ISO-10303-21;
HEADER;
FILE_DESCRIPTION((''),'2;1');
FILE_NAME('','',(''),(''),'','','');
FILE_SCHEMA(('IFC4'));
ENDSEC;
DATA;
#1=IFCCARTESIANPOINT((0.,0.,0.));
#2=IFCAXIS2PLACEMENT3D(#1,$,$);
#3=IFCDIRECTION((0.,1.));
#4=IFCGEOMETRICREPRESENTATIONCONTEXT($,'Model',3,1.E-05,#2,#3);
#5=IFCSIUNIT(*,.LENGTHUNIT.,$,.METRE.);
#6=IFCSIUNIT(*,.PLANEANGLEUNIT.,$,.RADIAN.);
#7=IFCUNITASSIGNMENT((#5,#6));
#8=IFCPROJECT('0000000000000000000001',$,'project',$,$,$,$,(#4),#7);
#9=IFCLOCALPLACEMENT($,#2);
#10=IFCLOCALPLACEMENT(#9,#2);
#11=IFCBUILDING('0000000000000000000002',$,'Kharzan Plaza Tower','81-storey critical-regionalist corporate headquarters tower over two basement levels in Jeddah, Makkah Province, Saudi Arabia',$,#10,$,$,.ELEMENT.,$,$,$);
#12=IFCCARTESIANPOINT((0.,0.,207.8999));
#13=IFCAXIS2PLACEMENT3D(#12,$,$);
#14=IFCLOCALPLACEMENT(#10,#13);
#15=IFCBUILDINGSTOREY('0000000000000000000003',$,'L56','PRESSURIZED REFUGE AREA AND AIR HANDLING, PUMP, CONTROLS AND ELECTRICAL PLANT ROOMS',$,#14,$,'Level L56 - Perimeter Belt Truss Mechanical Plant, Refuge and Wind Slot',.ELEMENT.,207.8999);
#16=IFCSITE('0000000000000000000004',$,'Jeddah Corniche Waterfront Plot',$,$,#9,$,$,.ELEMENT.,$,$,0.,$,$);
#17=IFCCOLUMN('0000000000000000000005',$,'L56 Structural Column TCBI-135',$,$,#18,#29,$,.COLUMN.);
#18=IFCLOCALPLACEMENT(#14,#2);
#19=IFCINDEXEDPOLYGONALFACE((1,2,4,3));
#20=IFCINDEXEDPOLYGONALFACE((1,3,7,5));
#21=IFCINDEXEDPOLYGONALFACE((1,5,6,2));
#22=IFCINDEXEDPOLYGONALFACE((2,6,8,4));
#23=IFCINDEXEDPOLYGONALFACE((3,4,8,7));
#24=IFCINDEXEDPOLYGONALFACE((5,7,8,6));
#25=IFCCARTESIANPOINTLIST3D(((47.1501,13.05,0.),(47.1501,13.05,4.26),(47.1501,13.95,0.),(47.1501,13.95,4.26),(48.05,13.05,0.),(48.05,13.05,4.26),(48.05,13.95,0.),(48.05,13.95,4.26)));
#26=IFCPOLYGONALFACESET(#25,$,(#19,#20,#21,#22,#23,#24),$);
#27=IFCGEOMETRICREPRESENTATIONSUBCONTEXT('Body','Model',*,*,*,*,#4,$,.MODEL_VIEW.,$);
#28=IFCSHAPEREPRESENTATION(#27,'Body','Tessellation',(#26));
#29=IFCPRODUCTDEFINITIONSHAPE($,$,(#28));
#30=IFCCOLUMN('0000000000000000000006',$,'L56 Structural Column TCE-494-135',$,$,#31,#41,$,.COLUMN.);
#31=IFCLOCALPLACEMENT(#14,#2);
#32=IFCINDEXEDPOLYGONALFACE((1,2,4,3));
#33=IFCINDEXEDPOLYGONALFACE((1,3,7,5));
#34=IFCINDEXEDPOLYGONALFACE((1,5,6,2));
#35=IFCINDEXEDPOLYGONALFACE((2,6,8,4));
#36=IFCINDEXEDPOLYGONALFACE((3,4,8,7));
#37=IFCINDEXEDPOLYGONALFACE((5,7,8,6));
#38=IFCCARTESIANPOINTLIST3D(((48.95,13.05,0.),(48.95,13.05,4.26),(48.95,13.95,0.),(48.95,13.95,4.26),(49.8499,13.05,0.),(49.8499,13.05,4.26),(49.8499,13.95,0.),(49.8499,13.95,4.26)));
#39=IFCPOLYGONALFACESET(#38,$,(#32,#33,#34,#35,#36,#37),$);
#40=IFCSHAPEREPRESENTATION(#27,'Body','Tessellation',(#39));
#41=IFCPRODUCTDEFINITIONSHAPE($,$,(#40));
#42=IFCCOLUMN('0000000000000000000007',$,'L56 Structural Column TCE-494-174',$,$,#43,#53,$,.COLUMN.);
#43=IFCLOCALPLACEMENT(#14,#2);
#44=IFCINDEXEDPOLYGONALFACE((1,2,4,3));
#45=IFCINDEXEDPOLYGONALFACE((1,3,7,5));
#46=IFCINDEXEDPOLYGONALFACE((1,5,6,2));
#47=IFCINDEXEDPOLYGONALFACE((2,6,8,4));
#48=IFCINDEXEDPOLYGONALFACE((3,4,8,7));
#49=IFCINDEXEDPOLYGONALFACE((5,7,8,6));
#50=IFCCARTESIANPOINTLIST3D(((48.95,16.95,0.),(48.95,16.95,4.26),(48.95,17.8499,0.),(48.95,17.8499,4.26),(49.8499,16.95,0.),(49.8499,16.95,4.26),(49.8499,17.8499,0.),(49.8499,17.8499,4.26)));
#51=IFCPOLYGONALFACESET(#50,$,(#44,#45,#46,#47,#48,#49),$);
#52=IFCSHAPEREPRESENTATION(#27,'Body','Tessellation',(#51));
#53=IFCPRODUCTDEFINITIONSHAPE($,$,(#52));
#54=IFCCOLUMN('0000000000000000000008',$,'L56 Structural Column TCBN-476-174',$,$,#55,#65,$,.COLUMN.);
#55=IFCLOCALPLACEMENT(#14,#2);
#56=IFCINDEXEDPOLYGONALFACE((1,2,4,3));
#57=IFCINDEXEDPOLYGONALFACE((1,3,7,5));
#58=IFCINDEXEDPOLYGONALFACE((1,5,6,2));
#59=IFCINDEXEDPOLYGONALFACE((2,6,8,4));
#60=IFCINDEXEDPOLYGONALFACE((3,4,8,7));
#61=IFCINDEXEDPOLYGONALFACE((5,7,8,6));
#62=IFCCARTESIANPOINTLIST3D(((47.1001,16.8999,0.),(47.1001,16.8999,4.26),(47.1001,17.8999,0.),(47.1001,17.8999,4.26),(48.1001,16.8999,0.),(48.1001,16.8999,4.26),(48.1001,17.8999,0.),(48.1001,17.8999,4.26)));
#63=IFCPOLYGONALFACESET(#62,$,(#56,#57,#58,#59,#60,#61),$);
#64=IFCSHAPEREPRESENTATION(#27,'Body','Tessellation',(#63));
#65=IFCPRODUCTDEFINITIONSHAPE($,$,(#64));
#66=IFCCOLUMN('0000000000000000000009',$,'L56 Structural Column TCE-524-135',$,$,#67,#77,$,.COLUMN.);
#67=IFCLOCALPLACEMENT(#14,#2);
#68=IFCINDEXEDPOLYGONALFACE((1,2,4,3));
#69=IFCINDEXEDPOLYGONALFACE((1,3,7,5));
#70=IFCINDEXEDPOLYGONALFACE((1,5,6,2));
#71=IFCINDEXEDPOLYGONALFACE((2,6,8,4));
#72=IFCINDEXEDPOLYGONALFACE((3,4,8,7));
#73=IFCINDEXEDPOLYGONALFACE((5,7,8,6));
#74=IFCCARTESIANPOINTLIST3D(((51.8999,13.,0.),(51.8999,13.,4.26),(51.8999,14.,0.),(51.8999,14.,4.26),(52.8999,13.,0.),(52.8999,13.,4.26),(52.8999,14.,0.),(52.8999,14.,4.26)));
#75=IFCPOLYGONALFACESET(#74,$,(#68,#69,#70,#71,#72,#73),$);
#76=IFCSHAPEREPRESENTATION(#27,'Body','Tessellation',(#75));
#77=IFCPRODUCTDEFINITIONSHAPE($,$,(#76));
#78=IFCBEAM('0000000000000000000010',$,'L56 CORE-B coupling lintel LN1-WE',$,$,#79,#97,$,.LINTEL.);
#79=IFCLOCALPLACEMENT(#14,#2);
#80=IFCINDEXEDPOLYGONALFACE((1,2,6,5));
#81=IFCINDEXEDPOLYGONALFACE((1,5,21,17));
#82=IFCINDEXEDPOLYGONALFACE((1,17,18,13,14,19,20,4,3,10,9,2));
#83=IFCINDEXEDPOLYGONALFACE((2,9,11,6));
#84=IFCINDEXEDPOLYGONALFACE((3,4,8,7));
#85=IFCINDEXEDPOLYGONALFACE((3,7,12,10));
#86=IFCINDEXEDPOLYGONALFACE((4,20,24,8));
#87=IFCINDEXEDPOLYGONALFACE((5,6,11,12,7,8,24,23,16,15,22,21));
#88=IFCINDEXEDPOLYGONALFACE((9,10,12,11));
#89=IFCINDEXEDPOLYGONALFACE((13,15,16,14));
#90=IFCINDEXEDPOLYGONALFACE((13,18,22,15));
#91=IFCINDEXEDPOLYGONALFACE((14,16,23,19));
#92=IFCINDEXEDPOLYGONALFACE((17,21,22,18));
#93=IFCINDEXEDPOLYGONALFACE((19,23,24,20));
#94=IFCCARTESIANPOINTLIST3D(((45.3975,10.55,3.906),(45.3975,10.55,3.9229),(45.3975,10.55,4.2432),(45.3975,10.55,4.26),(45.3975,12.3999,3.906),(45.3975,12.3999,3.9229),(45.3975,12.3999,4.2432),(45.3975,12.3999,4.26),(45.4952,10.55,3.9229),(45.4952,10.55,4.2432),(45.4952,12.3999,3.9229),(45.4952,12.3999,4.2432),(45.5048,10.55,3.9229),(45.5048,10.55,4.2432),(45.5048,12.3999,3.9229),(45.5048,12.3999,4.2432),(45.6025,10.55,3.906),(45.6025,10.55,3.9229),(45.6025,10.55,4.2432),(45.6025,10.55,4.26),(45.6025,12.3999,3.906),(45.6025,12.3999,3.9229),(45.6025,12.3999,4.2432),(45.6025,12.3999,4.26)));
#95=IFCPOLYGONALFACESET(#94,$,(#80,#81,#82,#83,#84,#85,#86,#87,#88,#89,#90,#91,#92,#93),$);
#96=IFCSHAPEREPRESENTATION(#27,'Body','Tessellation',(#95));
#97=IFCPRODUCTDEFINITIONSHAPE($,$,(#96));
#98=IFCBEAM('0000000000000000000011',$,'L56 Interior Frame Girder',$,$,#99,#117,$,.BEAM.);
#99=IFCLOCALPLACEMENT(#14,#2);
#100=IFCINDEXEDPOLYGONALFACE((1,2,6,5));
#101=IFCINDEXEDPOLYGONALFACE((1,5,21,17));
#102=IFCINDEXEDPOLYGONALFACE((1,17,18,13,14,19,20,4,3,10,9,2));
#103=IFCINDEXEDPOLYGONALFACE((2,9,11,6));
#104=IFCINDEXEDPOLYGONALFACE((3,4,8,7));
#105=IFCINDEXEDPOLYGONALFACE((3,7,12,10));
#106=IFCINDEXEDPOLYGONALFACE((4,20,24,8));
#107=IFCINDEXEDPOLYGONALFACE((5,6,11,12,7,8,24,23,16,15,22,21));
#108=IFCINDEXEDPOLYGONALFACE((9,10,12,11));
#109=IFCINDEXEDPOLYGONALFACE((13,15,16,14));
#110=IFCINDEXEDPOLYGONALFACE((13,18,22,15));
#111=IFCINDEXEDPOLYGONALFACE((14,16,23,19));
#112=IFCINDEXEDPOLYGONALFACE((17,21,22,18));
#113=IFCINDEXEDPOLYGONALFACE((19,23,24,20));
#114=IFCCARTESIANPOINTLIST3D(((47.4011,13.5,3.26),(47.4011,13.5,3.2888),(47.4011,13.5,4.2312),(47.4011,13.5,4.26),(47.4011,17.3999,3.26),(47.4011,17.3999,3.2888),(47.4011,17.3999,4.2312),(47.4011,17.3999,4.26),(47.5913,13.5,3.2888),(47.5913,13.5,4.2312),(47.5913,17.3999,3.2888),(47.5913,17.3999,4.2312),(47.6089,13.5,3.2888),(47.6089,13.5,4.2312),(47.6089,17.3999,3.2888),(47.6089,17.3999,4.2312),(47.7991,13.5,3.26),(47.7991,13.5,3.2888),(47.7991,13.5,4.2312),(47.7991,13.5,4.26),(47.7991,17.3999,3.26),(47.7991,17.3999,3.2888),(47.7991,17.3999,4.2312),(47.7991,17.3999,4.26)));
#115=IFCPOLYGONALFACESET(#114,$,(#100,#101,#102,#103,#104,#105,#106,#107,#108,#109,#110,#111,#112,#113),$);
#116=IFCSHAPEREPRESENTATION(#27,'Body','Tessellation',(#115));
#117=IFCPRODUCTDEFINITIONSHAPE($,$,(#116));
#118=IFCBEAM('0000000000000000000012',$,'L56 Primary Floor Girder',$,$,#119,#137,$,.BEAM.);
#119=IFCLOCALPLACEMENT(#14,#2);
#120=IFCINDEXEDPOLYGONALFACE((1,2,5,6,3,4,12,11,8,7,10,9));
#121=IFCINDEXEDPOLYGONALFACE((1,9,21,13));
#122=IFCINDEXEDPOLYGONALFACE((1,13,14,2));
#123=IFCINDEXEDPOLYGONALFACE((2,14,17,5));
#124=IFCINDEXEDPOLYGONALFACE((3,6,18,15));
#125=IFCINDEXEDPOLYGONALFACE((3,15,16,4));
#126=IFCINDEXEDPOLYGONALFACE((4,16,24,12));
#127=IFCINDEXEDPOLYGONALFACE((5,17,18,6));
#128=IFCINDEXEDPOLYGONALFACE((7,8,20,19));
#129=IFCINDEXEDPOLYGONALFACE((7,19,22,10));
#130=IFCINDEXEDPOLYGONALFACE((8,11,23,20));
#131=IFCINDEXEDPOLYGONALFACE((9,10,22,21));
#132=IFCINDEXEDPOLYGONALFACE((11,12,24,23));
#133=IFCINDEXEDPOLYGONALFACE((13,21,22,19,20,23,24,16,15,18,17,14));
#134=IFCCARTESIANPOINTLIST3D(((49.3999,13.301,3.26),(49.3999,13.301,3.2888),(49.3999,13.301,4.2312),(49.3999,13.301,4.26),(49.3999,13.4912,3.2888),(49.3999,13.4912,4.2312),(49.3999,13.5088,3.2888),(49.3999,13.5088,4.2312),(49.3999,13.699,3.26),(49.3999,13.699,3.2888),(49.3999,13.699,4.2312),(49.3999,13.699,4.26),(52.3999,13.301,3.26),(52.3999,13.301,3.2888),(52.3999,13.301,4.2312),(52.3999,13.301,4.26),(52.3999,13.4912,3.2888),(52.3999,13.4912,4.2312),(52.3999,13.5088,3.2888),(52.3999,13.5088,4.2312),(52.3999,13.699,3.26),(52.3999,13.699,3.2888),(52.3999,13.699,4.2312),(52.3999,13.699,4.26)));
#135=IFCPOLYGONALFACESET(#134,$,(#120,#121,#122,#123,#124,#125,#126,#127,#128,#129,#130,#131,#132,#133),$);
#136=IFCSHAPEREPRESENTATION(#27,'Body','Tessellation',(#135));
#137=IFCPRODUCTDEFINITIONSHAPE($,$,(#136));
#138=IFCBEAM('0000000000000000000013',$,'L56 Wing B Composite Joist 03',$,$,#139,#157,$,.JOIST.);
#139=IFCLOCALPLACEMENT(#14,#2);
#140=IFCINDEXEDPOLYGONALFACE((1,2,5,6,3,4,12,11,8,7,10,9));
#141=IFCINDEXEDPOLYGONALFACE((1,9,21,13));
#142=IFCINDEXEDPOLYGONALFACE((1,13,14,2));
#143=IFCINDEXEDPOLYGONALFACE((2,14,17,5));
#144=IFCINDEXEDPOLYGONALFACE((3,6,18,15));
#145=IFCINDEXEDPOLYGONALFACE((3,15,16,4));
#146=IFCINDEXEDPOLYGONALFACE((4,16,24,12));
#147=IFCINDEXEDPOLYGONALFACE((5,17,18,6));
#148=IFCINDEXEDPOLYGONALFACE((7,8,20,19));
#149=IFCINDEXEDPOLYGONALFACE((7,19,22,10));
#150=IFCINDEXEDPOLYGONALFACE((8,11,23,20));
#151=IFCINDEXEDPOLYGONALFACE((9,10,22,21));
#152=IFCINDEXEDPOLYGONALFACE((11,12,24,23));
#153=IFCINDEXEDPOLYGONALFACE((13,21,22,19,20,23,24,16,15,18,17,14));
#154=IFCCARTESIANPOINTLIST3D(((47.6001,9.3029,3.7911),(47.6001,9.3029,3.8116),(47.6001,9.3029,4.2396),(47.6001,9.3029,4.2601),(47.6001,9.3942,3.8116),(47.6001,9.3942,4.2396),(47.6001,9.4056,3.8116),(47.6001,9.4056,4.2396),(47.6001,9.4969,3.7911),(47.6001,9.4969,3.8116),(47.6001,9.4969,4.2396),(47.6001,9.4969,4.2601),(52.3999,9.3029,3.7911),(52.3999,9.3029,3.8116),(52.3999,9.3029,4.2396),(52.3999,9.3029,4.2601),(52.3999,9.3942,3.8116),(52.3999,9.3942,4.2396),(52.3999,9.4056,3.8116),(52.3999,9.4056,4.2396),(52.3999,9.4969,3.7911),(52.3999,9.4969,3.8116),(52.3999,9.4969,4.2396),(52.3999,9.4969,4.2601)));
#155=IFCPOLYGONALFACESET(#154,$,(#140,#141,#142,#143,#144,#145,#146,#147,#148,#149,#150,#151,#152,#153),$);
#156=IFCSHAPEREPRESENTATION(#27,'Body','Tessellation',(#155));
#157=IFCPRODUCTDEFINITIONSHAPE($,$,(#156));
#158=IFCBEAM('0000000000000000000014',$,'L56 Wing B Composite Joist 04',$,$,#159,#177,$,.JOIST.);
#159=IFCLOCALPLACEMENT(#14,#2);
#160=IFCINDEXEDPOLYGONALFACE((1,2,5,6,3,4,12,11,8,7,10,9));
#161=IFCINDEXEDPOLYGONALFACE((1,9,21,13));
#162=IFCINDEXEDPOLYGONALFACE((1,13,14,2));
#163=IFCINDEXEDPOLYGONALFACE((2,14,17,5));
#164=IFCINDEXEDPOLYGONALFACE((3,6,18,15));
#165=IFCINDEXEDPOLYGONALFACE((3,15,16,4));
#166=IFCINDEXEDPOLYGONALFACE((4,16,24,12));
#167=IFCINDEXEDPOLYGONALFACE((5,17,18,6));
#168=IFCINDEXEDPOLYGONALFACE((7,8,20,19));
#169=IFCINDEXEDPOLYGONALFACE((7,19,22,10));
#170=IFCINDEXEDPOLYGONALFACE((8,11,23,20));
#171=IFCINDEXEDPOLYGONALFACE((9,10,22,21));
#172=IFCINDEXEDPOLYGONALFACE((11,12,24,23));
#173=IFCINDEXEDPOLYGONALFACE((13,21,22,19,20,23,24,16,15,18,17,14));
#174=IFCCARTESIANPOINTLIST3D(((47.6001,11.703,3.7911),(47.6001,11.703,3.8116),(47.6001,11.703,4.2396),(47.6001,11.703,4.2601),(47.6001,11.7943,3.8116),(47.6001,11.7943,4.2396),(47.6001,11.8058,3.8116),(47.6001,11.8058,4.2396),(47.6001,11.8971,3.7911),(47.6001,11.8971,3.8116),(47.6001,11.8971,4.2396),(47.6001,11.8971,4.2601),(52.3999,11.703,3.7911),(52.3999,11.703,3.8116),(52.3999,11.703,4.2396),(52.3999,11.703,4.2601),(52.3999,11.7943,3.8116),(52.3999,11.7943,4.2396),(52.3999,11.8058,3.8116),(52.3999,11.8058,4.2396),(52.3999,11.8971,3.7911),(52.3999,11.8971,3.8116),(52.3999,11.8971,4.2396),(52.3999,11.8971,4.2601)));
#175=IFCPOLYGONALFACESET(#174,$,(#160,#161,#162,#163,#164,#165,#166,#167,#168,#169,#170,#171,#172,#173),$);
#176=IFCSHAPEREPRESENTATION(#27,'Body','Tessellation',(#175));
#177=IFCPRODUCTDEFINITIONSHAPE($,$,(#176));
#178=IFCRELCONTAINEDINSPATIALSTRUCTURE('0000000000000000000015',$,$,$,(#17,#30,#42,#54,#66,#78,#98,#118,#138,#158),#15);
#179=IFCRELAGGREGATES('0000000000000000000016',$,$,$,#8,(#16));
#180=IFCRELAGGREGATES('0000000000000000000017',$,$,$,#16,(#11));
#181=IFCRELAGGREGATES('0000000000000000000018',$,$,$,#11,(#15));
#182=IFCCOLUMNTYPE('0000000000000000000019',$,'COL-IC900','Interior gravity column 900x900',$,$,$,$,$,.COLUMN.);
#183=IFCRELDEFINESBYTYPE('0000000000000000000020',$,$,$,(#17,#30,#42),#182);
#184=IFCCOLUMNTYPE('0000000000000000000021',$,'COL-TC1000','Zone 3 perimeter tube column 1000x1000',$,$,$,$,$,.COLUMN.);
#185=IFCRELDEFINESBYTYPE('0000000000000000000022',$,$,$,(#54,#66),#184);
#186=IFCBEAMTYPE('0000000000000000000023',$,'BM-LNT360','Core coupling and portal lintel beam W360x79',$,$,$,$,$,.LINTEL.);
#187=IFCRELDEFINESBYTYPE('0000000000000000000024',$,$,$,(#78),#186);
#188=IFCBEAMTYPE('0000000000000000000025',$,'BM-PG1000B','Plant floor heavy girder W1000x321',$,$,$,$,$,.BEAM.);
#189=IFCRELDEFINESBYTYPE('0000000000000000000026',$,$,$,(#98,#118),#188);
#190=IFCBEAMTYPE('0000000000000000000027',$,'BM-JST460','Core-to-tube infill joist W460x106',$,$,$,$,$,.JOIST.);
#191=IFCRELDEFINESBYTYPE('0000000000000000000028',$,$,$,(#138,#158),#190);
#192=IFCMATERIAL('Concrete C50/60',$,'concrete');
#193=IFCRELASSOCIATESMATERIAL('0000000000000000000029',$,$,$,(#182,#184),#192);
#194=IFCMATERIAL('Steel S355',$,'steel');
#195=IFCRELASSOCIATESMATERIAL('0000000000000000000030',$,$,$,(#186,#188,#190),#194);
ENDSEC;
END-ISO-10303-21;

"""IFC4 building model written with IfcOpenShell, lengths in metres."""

from ifc_helpers import new_model, si_unit, direction, frame, origin, origin_2d, place, context, subcontext, project, spatial, rectangle, i_section, extrude, source, transform, mapped, material, material_profile, profile_set, type_object, element, save


model = new_model("IFC4")

# Units and contexts
model_context = context("Model", 3, precision=1e-05, world=origin(), true_north=direction((0.0, 1.0)))
body_context = subcontext(model_context, "Body", "Model", "MODEL_VIEW")
ifc_project = project(units=[si_unit("LENGTHUNIT", "METRE"), si_unit("PLANEANGLEUNIT", "RADIAN")], contexts=[model_context])

# Site, building, storey
site_placement = place(None, origin())
site = spatial("IfcSite", under=ifc_project, at=site_placement, Name="Jeddah Corniche Waterfront Plot", CompositionType="ELEMENT", RefElevation=0.0)
building_placement = place(site_placement, origin())
building = spatial("IfcBuilding", under=site, at=building_placement, Name="Kharzan Plaza Tower", Description="81-storey critical-regionalist corporate headquarters tower over two basement levels in Jeddah, Makkah Province, Saudi Arabia", CompositionType="ELEMENT")
storey_placement = place(building_placement, frame((0.0, 0.0, 207.8999)))
storey = spatial("IfcBuildingStorey", under=building, at=storey_placement, Name="L56", Description="PRESSURIZED REFUGE AREA AND AIR HANDLING, PUMP, CONTROLS AND ELECTRICAL PLANT ROOMS", LongName="Level L56 - Perimeter Belt Truss Mechanical Plant, Refuge and Wind Slot", CompositionType="ELEMENT", Elevation=207.8999)

# Columns
ifc_material_1 = material(Name="Concrete C50/60", Category="concrete")
ifc_material_profile_1 = material_profile(ifc_material_1, rectangle(XDim=0.8999, YDim=0.8999, at=origin_2d()), Name="RC-IC900x900")
ifc_profile_set_1 = profile_set([ifc_material_profile_1], Name="Concrete C50/60")
column_type_1 = type_object("IfcColumnType", Name="COL-IC900", Description="Interior gravity column 900x900", PredefinedType="COLUMN", material=ifc_profile_set_1)
shared_shape_1 = source(origin(), body_context, "Body", "SweptSolid", [
    extrude(rectangle(XDim=0.8999, YDim=0.8999, at=origin_2d()), origin(), (0.0, 0.0, 1.0), 4.26),
])
for number, where, z_axis, x_axis, name in (
    (1, (47.6001, 13.5, 0.0), (0.0, 0.0, 1.0), (1.0, 0.0, 0.0), "L56 Structural Column TCBI-135"),
    (2, (49.3999, 13.5, 0.0), (0.0, 0.0, 1.0), (1.0, 0.0, 0.0), "L56 Structural Column TCE-494-135"),
    (3, (49.3999, 17.3999, 0.0), (0.0, 0.0, 1.0), (1.0, 0.0, 0.0), "L56 Structural Column TCE-494-174"),
):
    element("IfcColumn", number, at=place(storey_placement, frame(where, z_axis=z_axis, x_axis=x_axis)), inside=storey, type_object=column_type_1, Name=name, PredefinedType="COLUMN", context=body_context, shape_type="MappedRepresentation", body=[
        mapped(shared_shape_1, transform((0.0, 0.0, 0.0), x_axis=(1.0, 0.0, 0.0), y_axis=(0.0, 1.0, 0.0), z_axis=(0.0, 0.0, 1.0))),
    ])
ifc_material_profile_2 = material_profile(ifc_material_1, rectangle(XDim=1.0, YDim=1.0, at=origin_2d()), Name="RC-TC1000x1000")
ifc_profile_set_2 = profile_set([ifc_material_profile_2], Name="Concrete C50/60")
column_type_2 = type_object("IfcColumnType", Name="COL-TC1000", Description="Zone 3 perimeter tube column 1000x1000", PredefinedType="COLUMN", material=ifc_profile_set_2)
shared_shape_2 = source(origin(), body_context, "Body", "SweptSolid", [
    extrude(rectangle(XDim=1.0, YDim=1.0, at=origin_2d()), origin(), (0.0, 0.0, 1.0), 4.26),
])
for number, where, z_axis, x_axis, name in (
    (4, (47.6001, 17.3999, 0.0), (0.0, 0.0, 1.0), (1.0, 0.0, 0.0), "L56 Structural Column TCBN-476-174"),
    (5, (52.3999, 13.5, 0.0), (0.0, 0.0, 1.0), (1.0, 0.0, 0.0), "L56 Structural Column TCE-524-135"),
):
    element("IfcColumn", number, at=place(storey_placement, frame(where, z_axis=z_axis, x_axis=x_axis)), inside=storey, type_object=column_type_2, Name=name, PredefinedType="COLUMN", context=body_context, shape_type="MappedRepresentation", body=[
        mapped(shared_shape_2, transform((0.0, 0.0, 0.0), x_axis=(1.0, 0.0, 0.0), y_axis=(0.0, 1.0, 0.0), z_axis=(0.0, 0.0, 1.0))),
    ])

# Beams
ifc_material_2 = material(Name="Steel S355", Category="steel")
ifc_material_profile_3 = material_profile(ifc_material_2, i_section(OverallWidth=0.2051, OverallDepth=0.354, WebThickness=0.0095, FlangeThickness=0.0168, at=origin_2d()), Name="W360x79")
ifc_profile_set_3 = profile_set([ifc_material_profile_3], Name="Steel S355")
beam_type_1 = type_object("IfcBeamType", Name="BM-LNT360", Description="Core coupling and portal lintel beam W360x79", PredefinedType="LINTEL", material=ifc_profile_set_3)
shared_shape_3 = source(origin(), body_context, "Body", "SweptSolid", [
    extrude(i_section(OverallWidth=0.2051, OverallDepth=0.354, WebThickness=0.0095, FlangeThickness=0.0168, at=origin_2d()), origin(), (0.0, 0.0, 1.0), 1.8499),
])
beam_1_placement = place(storey_placement, frame((45.5, 10.55, 4.083), z_axis=(0.0, 1.0, 0.0), x_axis=(-1.0, 0.0, 0.0)))
element("IfcBeam", 6, at=beam_1_placement, inside=storey, type_object=beam_type_1, Name="L56 CORE-B coupling lintel LN1-WE", PredefinedType="LINTEL", context=body_context, shape_type="MappedRepresentation", body=[
    mapped(shared_shape_3, transform((0.0, 0.0, 0.0), x_axis=(1.0, 0.0, 0.0), y_axis=(0.0, 1.0, 0.0), z_axis=(0.0, 0.0, 1.0))),
])
ifc_material_profile_4 = material_profile(ifc_material_2, i_section(OverallWidth=0.3979, OverallDepth=1.0, WebThickness=0.0176, FlangeThickness=0.0288, at=origin_2d()), Name="W1000x321")
ifc_profile_set_4 = profile_set([ifc_material_profile_4], Name="Steel S355")
beam_type_2 = type_object("IfcBeamType", Name="BM-PG1000B", Description="Plant floor heavy girder W1000x321", PredefinedType="BEAM", material=ifc_profile_set_4)
shared_shape_4 = source(origin(), body_context, "Body", "SweptSolid", [
    extrude(i_section(OverallWidth=0.3979, OverallDepth=1.0, WebThickness=0.0176, FlangeThickness=0.0288, at=origin_2d()), origin(), (0.0, 0.0, 1.0), 3.8999),
])
beam_2_placement = place(storey_placement, frame((47.6001, 13.5, 3.76), z_axis=(0.0, 1.0, 0.0), x_axis=(-1.0, 0.0, 0.0)))
element("IfcBeam", 7, at=beam_2_placement, inside=storey, type_object=beam_type_2, Name="L56 Interior Frame Girder", PredefinedType="BEAM", context=body_context, shape_type="MappedRepresentation", body=[
    mapped(shared_shape_4, transform((0.0, 0.0, 0.0), x_axis=(1.0, 0.0, 0.0), y_axis=(0.0, 1.0, 0.0), z_axis=(0.0, 0.0, 1.0))),
])
shared_shape_5 = source(origin(), body_context, "Body", "SweptSolid", [
    extrude(i_section(OverallWidth=0.3979, OverallDepth=1.0, WebThickness=0.0176, FlangeThickness=0.0288, at=origin_2d()), origin(), (0.0, 0.0, 1.0), 3.0),
])
beam_3_placement = place(storey_placement, frame((49.3999, 13.5, 3.76), z_axis=(1.0, 0.0, 0.0), x_axis=(0.0, 1.0, 0.0)))
element("IfcBeam", 8, at=beam_3_placement, inside=storey, type_object=beam_type_2, Name="L56 Primary Floor Girder", PredefinedType="BEAM", context=body_context, shape_type="MappedRepresentation", body=[
    mapped(shared_shape_5, transform((0.0, 0.0, 0.0), x_axis=(1.0, 0.0, 0.0), y_axis=(0.0, 1.0, 0.0), z_axis=(0.0, 0.0, 1.0))),
])
ifc_material_profile_5 = material_profile(ifc_material_2, i_section(OverallWidth=0.1941, OverallDepth=0.469, WebThickness=0.0115, FlangeThickness=0.0205, at=origin_2d()), Name="W460x106")
ifc_profile_set_5 = profile_set([ifc_material_profile_5], Name="Steel S355")
beam_type_3 = type_object("IfcBeamType", Name="BM-JST460", Description="Core-to-tube infill joist W460x106", PredefinedType="JOIST", material=ifc_profile_set_5)
shared_shape_6 = source(origin(), body_context, "Body", "SweptSolid", [
    extrude(i_section(OverallWidth=0.1941, OverallDepth=0.469, WebThickness=0.0115, FlangeThickness=0.0205, at=origin_2d()), origin(), (0.0, 0.0, 1.0), 4.7998),
])
for number, where, z_axis, x_axis, name in (
    (9, (47.6001, 9.3999, 4.0256), (1.0, 0.0, 0.0), (0.0, 1.0, 0.0), "L56 Wing B Composite Joist 03"),
    (10, (47.6001, 11.8, 4.0256), (1.0, 0.0, 0.0), (0.0, 1.0, 0.0), "L56 Wing B Composite Joist 04"),
):
    element("IfcBeam", number, at=place(storey_placement, frame(where, z_axis=z_axis, x_axis=x_axis)), inside=storey, type_object=beam_type_3, Name=name, PredefinedType="JOIST", context=body_context, shape_type="MappedRepresentation", body=[
        mapped(shared_shape_6, transform((0.0, 0.0, 0.0), x_axis=(1.0, 0.0, 0.0), y_axis=(0.0, 1.0, 0.0), z_axis=(0.0, 0.0, 1.0))),
    ])

save(model, "model.ifc")
